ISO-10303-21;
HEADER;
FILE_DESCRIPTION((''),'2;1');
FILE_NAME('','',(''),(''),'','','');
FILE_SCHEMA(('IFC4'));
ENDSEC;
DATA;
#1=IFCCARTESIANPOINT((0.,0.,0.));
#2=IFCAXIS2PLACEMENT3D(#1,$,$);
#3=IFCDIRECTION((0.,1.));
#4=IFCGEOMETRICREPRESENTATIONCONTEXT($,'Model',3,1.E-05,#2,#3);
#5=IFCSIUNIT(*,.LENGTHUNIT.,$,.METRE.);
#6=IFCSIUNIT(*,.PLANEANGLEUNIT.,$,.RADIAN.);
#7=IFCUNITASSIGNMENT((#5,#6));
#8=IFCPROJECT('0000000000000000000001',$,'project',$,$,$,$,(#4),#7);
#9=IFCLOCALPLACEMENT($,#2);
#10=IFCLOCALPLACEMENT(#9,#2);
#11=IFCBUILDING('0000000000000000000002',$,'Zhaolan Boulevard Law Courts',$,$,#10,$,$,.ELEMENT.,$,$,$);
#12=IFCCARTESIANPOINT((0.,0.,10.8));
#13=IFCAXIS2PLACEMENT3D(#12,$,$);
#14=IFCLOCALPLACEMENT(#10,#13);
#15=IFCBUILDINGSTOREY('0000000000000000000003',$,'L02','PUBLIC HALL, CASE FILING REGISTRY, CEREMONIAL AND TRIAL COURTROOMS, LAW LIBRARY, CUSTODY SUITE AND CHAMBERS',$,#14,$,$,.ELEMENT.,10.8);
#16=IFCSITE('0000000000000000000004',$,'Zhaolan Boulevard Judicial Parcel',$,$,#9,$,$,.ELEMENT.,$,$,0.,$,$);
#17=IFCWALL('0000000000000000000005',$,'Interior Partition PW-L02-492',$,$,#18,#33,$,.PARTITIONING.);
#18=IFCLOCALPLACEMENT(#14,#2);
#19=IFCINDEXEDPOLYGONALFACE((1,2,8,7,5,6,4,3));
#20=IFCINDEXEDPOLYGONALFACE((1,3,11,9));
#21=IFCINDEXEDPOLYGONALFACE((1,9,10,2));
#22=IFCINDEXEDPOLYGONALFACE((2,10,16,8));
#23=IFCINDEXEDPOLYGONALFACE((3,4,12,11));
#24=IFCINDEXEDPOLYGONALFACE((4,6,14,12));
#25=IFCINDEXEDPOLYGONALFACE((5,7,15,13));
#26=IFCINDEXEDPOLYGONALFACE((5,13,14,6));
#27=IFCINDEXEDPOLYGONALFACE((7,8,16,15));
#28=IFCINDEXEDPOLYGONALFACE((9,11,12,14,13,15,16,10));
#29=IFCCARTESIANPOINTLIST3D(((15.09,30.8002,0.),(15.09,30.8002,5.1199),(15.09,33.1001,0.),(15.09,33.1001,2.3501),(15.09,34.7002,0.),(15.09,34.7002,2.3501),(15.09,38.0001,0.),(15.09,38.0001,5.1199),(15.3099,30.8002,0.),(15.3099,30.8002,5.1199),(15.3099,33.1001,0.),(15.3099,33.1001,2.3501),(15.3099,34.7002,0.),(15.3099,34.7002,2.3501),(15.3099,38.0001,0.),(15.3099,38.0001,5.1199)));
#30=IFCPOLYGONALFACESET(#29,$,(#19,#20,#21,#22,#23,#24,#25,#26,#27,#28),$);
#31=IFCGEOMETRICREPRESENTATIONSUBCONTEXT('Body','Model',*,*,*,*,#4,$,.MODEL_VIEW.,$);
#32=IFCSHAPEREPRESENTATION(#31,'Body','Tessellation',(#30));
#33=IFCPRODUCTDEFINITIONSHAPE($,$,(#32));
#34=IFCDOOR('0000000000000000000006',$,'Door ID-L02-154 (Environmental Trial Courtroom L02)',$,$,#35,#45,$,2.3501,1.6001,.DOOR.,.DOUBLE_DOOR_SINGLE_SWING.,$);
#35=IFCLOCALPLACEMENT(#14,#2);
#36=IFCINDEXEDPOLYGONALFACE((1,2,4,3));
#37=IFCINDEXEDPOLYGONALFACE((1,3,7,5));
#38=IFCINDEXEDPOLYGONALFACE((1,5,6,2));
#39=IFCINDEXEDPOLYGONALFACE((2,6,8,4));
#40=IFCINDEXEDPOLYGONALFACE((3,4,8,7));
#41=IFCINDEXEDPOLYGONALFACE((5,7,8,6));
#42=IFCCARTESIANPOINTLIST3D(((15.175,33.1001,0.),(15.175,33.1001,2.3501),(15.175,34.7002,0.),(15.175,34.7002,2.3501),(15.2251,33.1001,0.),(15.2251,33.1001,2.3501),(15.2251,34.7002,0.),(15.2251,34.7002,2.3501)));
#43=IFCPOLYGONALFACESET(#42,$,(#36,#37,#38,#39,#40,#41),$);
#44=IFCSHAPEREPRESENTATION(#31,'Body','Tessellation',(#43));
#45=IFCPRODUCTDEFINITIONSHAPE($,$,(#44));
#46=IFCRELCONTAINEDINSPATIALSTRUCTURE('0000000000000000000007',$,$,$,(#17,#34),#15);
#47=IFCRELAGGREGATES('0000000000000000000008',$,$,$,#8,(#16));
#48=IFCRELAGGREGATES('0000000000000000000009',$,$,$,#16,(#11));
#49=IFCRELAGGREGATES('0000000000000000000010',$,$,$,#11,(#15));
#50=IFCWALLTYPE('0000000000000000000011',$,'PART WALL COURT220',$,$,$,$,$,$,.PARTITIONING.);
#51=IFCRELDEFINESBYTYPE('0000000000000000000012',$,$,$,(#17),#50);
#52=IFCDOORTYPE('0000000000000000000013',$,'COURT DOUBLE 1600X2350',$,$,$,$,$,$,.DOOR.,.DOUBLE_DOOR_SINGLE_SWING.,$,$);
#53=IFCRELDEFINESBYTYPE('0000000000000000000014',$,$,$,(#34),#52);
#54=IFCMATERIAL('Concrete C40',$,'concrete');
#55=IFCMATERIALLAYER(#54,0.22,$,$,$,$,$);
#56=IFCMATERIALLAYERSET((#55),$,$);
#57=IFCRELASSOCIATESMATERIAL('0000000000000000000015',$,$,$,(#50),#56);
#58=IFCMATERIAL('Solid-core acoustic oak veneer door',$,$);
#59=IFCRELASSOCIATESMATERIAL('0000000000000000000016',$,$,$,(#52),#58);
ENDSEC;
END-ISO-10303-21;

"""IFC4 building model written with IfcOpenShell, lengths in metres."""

from ifc_helpers import new_model, si_unit, direction, frame, frame_2d, origin, place, context, subcontext, project, spatial, rectangle, extrude, material, layer, layer_set, type_object, element, fill, save


model = new_model("IFC4")

# Units and contexts
model_context = context("Model", 3, precision=1e-05, world=origin(), true_north=direction((0.0, 1.0)))
body_context = subcontext(model_context, "Body", "Model", "MODEL_VIEW")
ifc_project = project(units=[si_unit("LENGTHUNIT", "METRE"), si_unit("PLANEANGLEUNIT", "RADIAN")], contexts=[model_context])

# Site, building, storey
site_placement = place(None, origin())
site = spatial("IfcSite", under=ifc_project, at=site_placement, Name="Zhaolan Boulevard Judicial Parcel", CompositionType="ELEMENT", RefElevation=0.0)
building_placement = place(site_placement, origin())
building = spatial("IfcBuilding", under=site, at=building_placement, Name="Zhaolan Boulevard Law Courts", CompositionType="ELEMENT")
storey_placement = place(building_placement, frame((0.0, 0.0, 10.8)))
storey = spatial("IfcBuildingStorey", under=building, at=storey_placement, Name="L02", Description="PUBLIC HALL, CASE FILING REGISTRY, CEREMONIAL AND TRIAL COURTROOMS, LAW LIBRARY, CUSTODY SUITE AND CHAMBERS", CompositionType="ELEMENT", Elevation=10.8)

# Wall, opening, door
ifc_material_1 = material(Name="Concrete C40", Category="concrete")
ifc_layer_1 = layer(ifc_material_1, 0.22)
ifc_layer_set_1 = layer_set([ifc_layer_1])
wall_type = type_object("IfcWallType", Name="PART WALL COURT220", PredefinedType="PARTITIONING", material=ifc_layer_set_1)
wall_placement = place(storey_placement, frame((15.2, 30.8, 0.0), z_axis=(0.0, 0.0, 1.0), x_axis=(0.0, 1.0, 0.0)))
wall = element("IfcWall", 1, at=wall_placement, inside=storey, type_object=wall_type, Name="Interior Partition PW-L02-492", PredefinedType="PARTITIONING", context=body_context, shape_type="SweptSolid", body=[
    extrude(rectangle(XDim=7.2, YDim=0.22, at=frame_2d((3.6001, 0.0))), origin(), (0.0, 0.0, 1.0), 5.1199),
])
opening_placement = place(wall_placement, frame((2.3, 0.0, 0.0)))
opening = element("IfcOpeningElement", 2, at=opening_placement, cuts=wall, PredefinedType="OPENING", context=body_context, shape_type="SweptSolid", body=[
    extrude(rectangle(XDim=1.6001, YDim=2.3501, at=frame_2d((0.8, 1.175))), frame((0.0, 0.1199, 0.0), z_axis=(0.0, -1.0, 0.0), x_axis=(1.0, 0.0, 0.0)), (0.0, 0.0, 1.0), 0.24),
])
ifc_material_2 = material(Name="Solid-core acoustic oak veneer door")
door_type = type_object("IfcDoorType", Name="COURT DOUBLE 1600X2350", OperationType="DOUBLE_DOOR_SINGLE_SWING", PredefinedType="DOOR", material=ifc_material_2)
door_placement = place(opening_placement, origin())
door = element("IfcDoor", 3, at=door_placement, inside=storey, type_object=door_type, Name="Door ID-L02-154 (Environmental Trial Courtroom L02)", OperationType="DOUBLE_DOOR_SINGLE_SWING", OverallHeight=2.3501, OverallWidth=1.6001, PredefinedType="DOOR", context=body_context, shape_type="SweptSolid", body=[
    extrude(rectangle(XDim=1.6001, YDim=2.3501, at=frame_2d((0.8, 1.175))), frame((0.0, 0.0249, 0.0), z_axis=(0.0, -1.0, 0.0), x_axis=(1.0, 0.0, 0.0)), (0.0, 0.0, 1.0), 0.05),
])
fill(opening, door)

save(model, "model.ifc")
